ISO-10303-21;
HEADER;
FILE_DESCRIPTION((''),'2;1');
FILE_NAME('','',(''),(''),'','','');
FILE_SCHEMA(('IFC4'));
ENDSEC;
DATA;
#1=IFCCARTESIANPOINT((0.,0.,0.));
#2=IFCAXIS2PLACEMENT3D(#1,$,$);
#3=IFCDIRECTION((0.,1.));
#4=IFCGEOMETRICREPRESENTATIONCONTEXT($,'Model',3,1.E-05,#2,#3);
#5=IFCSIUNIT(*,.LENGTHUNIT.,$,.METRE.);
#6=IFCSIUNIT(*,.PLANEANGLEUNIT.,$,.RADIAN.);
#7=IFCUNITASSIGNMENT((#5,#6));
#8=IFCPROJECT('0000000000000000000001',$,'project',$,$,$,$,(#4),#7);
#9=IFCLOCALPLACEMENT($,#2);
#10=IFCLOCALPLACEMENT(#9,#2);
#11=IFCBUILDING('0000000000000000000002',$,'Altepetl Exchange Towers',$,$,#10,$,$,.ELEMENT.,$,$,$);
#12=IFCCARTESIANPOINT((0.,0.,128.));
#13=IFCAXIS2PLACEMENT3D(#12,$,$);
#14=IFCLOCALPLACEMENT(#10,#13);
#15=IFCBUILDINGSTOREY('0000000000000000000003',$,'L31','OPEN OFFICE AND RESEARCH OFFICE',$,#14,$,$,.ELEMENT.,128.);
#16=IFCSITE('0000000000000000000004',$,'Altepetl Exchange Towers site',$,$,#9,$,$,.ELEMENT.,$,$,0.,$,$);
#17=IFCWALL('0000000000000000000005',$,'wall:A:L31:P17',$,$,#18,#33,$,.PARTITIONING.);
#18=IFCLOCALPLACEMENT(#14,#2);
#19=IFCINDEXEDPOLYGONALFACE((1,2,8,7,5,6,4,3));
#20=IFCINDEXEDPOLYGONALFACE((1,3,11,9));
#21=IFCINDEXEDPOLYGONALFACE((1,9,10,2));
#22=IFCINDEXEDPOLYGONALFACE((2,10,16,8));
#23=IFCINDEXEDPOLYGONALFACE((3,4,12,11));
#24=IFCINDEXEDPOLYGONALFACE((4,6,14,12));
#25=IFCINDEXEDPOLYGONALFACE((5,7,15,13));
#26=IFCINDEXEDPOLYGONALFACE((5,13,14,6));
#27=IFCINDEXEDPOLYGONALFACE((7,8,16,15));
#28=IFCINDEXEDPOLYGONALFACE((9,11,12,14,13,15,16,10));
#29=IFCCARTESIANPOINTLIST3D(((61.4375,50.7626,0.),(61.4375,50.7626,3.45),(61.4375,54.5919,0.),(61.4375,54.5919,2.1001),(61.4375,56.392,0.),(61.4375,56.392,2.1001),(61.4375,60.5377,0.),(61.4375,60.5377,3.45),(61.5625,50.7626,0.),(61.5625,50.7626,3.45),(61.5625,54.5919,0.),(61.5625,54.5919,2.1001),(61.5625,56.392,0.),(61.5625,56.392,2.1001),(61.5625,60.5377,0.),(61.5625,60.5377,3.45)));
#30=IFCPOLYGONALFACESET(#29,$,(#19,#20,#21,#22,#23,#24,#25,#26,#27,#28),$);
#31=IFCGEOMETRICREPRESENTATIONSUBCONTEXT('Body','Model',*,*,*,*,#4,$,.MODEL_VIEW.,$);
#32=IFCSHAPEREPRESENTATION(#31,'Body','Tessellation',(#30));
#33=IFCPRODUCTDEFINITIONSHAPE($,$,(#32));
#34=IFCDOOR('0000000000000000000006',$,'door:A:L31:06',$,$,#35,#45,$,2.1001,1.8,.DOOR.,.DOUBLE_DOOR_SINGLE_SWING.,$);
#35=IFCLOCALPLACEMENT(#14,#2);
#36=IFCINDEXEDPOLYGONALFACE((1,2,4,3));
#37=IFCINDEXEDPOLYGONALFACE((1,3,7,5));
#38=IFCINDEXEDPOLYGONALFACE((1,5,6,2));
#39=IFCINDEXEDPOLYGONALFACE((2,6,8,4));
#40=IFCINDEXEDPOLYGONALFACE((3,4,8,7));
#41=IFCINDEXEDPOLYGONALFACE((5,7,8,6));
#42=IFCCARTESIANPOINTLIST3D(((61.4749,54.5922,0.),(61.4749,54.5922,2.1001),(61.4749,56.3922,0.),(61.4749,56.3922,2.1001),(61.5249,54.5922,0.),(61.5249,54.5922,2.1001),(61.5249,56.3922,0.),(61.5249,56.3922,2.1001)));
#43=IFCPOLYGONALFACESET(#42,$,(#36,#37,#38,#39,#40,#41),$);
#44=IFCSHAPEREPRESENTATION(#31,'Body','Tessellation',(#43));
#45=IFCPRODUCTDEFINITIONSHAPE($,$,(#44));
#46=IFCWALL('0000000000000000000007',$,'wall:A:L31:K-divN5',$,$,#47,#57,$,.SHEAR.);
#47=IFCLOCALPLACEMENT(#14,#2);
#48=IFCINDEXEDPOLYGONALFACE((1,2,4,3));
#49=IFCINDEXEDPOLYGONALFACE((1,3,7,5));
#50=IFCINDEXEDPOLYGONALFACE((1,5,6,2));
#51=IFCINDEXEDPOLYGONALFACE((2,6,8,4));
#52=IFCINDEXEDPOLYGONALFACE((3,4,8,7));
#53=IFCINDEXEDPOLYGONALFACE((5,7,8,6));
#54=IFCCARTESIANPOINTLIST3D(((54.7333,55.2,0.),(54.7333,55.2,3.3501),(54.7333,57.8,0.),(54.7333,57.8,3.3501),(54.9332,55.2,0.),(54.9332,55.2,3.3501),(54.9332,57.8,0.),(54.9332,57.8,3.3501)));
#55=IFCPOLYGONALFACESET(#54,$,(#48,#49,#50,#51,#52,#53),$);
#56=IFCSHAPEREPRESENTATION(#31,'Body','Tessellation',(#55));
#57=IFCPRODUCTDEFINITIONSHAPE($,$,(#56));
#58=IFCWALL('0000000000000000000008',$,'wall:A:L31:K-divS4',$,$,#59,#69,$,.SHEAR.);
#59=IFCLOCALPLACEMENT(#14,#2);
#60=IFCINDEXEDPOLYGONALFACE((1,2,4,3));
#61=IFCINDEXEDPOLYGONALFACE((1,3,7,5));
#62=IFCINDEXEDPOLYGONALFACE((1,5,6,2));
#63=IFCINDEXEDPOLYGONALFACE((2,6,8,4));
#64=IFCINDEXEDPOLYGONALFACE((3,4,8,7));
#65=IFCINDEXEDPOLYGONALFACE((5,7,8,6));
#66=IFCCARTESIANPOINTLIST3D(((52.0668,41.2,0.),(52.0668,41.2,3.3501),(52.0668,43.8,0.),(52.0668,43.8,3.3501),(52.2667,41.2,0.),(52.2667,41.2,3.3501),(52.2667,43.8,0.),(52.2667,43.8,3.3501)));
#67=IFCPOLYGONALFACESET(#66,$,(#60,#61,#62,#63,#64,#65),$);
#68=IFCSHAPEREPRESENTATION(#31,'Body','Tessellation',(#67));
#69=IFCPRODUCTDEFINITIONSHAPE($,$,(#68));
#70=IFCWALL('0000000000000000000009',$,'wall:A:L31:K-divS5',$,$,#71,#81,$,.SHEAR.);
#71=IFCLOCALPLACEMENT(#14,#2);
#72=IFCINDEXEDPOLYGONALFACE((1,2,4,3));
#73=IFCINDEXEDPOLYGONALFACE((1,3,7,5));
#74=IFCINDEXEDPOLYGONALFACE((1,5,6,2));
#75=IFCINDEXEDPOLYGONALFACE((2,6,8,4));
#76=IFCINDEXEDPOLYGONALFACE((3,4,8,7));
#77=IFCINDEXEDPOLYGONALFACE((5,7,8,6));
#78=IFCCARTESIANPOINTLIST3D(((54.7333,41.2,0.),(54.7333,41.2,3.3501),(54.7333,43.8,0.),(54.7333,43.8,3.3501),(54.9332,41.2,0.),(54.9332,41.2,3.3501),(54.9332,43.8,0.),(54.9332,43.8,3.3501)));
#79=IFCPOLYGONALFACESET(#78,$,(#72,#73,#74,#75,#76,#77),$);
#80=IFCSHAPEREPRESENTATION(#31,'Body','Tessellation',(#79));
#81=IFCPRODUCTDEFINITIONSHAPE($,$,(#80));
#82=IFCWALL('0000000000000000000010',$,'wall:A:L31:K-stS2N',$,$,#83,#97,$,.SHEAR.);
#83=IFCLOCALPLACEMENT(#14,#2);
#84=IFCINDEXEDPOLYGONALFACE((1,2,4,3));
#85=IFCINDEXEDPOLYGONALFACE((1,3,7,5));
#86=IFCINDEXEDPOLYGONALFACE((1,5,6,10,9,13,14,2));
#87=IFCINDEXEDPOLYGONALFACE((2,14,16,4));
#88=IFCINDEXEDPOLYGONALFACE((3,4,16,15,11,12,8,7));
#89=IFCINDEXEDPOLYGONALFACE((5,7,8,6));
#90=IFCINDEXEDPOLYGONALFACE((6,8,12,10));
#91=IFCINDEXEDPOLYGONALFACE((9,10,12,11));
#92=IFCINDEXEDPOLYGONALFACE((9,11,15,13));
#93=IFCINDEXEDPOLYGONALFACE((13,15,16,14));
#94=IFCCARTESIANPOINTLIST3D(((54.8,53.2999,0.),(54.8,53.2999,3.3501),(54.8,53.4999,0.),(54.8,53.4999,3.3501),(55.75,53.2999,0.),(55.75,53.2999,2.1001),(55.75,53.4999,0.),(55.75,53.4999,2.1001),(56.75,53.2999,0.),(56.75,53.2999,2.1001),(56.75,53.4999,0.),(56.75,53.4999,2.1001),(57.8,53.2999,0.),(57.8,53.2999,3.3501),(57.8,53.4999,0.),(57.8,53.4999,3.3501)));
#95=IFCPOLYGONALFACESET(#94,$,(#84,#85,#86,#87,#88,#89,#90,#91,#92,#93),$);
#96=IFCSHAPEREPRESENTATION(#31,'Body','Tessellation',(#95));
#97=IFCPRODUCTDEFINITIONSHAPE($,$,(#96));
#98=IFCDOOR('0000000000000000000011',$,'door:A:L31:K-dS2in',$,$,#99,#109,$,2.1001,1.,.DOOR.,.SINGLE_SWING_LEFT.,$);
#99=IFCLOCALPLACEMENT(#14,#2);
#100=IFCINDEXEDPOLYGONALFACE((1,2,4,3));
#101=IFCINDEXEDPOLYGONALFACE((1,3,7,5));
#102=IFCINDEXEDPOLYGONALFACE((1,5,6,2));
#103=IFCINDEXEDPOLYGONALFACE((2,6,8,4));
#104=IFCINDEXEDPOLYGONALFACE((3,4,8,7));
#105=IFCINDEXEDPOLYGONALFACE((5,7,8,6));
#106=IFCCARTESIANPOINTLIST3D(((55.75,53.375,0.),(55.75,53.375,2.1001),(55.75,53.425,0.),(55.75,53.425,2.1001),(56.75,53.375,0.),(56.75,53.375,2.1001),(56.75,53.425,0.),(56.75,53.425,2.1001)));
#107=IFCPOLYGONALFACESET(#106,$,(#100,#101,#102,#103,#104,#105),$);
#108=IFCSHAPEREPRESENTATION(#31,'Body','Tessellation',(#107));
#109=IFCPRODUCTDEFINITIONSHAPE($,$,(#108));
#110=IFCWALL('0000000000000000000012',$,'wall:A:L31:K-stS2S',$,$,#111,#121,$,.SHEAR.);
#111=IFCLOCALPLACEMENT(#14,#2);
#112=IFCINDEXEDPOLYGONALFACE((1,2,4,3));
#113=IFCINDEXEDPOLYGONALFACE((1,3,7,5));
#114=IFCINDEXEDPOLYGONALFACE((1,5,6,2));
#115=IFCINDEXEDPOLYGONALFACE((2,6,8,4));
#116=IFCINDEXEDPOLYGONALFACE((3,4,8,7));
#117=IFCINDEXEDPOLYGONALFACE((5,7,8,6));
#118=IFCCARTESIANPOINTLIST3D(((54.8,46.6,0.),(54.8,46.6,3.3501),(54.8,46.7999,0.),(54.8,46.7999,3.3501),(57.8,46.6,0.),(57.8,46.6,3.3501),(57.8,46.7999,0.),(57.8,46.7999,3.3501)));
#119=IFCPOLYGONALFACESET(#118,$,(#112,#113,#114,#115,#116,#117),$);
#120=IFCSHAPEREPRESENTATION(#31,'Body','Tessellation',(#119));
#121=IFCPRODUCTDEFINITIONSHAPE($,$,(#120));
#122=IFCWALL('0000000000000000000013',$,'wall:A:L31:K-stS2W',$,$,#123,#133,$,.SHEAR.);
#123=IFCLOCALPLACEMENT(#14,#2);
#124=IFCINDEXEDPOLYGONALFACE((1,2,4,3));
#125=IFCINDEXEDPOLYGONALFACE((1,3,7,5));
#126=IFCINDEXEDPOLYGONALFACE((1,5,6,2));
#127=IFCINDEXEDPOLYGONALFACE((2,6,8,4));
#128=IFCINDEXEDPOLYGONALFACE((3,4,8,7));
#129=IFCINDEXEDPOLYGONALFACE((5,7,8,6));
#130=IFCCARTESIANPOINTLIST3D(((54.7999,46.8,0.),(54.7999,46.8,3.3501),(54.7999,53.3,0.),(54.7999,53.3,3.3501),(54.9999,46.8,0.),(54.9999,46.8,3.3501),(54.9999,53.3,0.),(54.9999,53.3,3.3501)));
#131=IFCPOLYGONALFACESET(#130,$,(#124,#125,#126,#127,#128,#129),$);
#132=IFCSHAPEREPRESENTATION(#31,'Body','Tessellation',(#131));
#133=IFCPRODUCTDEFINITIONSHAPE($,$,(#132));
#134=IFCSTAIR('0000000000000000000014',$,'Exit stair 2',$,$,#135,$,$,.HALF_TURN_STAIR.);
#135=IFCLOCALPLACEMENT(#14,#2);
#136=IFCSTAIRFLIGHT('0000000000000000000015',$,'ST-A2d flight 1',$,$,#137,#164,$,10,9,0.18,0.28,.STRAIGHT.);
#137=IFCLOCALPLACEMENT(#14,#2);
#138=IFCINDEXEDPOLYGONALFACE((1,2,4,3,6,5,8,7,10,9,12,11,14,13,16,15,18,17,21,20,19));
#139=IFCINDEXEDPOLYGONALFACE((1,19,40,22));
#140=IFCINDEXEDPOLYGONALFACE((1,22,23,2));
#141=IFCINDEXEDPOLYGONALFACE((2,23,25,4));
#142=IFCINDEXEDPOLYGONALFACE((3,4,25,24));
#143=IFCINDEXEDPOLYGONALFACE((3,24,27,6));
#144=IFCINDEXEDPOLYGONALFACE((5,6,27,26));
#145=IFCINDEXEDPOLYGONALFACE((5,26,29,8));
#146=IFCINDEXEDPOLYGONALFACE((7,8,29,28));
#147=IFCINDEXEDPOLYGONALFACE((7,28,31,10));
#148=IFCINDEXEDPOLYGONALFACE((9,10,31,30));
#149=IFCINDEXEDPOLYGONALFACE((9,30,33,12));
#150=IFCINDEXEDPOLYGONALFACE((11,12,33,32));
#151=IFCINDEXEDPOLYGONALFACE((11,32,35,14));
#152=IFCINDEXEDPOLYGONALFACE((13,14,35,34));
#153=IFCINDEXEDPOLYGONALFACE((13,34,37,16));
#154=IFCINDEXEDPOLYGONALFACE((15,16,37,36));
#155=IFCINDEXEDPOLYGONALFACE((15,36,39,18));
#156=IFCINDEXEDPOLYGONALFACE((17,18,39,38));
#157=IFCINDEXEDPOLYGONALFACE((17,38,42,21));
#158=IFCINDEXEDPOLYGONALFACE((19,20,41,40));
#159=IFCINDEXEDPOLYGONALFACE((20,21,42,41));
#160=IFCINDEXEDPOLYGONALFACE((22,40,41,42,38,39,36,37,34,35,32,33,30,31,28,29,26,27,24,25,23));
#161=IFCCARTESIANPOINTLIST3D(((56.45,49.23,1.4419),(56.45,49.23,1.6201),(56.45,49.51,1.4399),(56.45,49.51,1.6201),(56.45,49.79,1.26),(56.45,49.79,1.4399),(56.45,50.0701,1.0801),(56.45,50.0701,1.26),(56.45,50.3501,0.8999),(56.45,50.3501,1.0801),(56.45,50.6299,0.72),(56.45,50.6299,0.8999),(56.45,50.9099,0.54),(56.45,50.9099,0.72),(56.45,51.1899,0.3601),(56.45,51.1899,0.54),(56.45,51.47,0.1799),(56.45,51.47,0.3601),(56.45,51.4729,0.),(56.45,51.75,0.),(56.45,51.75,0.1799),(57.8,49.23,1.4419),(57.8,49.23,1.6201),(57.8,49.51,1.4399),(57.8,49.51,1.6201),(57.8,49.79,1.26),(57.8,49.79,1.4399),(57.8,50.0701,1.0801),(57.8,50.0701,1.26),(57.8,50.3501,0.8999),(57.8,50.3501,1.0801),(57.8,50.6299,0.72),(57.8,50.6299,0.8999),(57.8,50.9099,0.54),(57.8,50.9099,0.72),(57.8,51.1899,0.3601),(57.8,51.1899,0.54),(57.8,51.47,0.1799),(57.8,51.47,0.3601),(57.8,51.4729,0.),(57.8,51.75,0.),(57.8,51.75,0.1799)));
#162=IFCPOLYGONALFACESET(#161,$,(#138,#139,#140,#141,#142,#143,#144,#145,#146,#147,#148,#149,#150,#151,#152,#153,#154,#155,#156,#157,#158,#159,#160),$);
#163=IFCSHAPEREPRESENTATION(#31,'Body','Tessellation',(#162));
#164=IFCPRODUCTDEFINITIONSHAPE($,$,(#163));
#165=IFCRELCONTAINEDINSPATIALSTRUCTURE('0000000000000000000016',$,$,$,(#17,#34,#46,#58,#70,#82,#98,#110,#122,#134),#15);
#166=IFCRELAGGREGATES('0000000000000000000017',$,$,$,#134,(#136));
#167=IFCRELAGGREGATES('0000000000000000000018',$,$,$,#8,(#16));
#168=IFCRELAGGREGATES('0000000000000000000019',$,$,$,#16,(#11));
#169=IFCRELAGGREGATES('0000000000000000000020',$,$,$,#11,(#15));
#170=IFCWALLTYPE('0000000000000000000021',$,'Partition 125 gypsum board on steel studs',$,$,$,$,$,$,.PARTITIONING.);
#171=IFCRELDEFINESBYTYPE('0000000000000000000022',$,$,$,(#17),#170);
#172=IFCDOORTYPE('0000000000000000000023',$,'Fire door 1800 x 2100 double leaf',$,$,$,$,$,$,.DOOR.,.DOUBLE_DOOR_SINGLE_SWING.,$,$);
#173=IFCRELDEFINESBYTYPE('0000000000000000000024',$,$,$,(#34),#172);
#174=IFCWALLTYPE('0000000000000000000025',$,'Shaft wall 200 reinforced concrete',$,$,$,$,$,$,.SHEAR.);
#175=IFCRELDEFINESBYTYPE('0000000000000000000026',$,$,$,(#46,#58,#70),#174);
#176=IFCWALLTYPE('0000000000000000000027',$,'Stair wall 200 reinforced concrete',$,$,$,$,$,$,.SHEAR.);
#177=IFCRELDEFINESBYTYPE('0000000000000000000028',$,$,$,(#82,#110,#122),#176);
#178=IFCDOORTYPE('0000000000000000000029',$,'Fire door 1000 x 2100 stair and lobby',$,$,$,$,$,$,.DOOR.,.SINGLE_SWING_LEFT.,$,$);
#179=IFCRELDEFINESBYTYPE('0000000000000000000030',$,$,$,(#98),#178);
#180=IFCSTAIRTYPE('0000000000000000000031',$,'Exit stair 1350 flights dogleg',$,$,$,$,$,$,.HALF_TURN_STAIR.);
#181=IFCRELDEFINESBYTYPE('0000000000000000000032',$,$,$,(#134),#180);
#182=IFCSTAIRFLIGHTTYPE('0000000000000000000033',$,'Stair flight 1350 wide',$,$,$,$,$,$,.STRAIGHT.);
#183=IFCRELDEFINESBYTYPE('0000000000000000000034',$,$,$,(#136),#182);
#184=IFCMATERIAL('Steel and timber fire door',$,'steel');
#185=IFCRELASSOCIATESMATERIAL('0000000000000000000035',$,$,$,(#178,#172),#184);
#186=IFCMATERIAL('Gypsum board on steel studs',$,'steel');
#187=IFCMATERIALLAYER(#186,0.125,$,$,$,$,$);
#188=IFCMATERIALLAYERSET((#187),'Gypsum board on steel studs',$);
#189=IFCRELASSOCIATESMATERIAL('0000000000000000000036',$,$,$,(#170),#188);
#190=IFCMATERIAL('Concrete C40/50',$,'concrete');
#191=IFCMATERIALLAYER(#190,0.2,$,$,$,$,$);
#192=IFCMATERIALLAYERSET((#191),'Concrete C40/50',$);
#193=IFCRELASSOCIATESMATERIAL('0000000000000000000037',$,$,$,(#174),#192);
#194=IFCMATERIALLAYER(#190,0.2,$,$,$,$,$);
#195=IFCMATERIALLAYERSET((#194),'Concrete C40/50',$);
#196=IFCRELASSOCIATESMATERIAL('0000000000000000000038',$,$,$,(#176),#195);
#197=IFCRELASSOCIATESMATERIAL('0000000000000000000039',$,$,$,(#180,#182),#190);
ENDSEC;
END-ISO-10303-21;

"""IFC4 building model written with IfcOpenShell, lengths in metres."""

from ifc_helpers import new_model, si_unit, direction, frame, frame_2d, origin, place, context, subcontext, project, spatial, polyline, rectangle, outline, extrude, material, layer, layer_set, type_object, element, fill, aggregate, save


model = new_model("IFC4")

# Units and contexts
model_context = context("Model", 3, precision=1e-05, world=origin(), true_north=direction((0.0, 1.0)))
body_context = subcontext(model_context, "Body", "Model", "MODEL_VIEW")
ifc_project = project(units=[si_unit("LENGTHUNIT", "METRE"), si_unit("PLANEANGLEUNIT", "RADIAN")], contexts=[model_context])

# Site, building, storey
site_placement = place(None, origin())
site = spatial("IfcSite", under=ifc_project, at=site_placement, Name="Altepetl Exchange Towers site", CompositionType="ELEMENT", RefElevation=0.0)
building_placement = place(site_placement, origin())
building = spatial("IfcBuilding", under=site, at=building_placement, Name="Altepetl Exchange Towers", CompositionType="ELEMENT")
storey_placement = place(building_placement, frame((0.0, 0.0, 128.0)))
storey = spatial("IfcBuildingStorey", under=building, at=storey_placement, Name="L31", Description="OPEN OFFICE AND RESEARCH OFFICE", CompositionType="ELEMENT", Elevation=128.0)

# Shared definitions
ifc_material_1 = material(Name="Steel and timber fire door", Category="steel")
door_type_1 = type_object("IfcDoorType", Name="Fire door 1000 x 2100 stair and lobby", OperationType="SINGLE_SWING_LEFT", PredefinedType="DOOR", material=ifc_material_1)

# Shared definitions
ifc_material_2 = material(Name="Gypsum board on steel studs", Category="steel")
ifc_layer_1 = layer(ifc_material_2, 0.125)
ifc_layer_set_1 = layer_set([ifc_layer_1], Name="Gypsum board on steel studs")
wall_type_1 = type_object("IfcWallType", Name="Partition 125 gypsum board on steel studs", PredefinedType="PARTITIONING", material=ifc_layer_set_1)

# Wall, opening, door
wall_1_placement = place(storey_placement, frame((61.5, 50.7625, 0.0), z_axis=(0.0, 0.0, 1.0), x_axis=(0.0, 1.0, 0.0)))
wall_1 = element("IfcWall", 1, at=wall_1_placement, inside=storey, type_object=wall_type_1, Name="wall:A:L31:P17", PredefinedType="PARTITIONING", context=body_context, shape_type="SweptSolid", body=[
    extrude(rectangle(XDim=9.7751, YDim=0.125, at=frame_2d((4.8877, 0.0))), origin(), (0.0, 0.0, 1.0), 3.45),
])
opening_1_placement = place(wall_1_placement, frame((3.8296, 0.0, 0.0)))
opening_1 = element("IfcOpeningElement", 2, at=opening_1_placement, cuts=wall_1, PredefinedType="OPENING", context=body_context, shape_type="SweptSolid", body=[
    extrude(rectangle(XDim=1.8, YDim=2.1001, at=frame_2d((0.8999, 1.05))), frame((0.0, 0.0725, 0.0), z_axis=(0.0, -1.0, 0.0), x_axis=(1.0, 0.0, 0.0)), (0.0, 0.0, 1.0), 0.145),
])
door_type_2 = type_object("IfcDoorType", Name="Fire door 1800 x 2100 double leaf", OperationType="DOUBLE_DOOR_SINGLE_SWING", PredefinedType="DOOR", material=ifc_material_1)
door_1_placement = place(opening_1_placement, frame((1.8, 0.0, 0.0), x_axis=(-1.0, 0.0, 0.0)))
door_1 = element("IfcDoor", 3, at=door_1_placement, inside=storey, type_object=door_type_2, Name="door:A:L31:06", OperationType="DOUBLE_DOOR_SINGLE_SWING", OverallHeight=2.1001, OverallWidth=1.8, PredefinedType="DOOR", context=body_context, shape_type="SweptSolid", body=[
    extrude(rectangle(XDim=1.8, YDim=2.1001, at=frame_2d((0.8999, 1.05))), frame((0.0, 0.0249, 0.0), z_axis=(0.0, -1.0, 0.0), x_axis=(1.0, 0.0, 0.0)), (0.0, 0.0, 1.0), 0.05),
])
fill(opening_1, door_1)

# Walls
ifc_material_3 = material(Name="Concrete C40/50", Category="concrete")
ifc_layer_2 = layer(ifc_material_3, 0.2)
ifc_layer_set_2 = layer_set([ifc_layer_2], Name="Concrete C40/50")
wall_type_2 = type_object("IfcWallType", Name="Shaft wall 200 reinforced concrete", PredefinedType="SHEAR", material=ifc_layer_set_2)
for number, where, z_axis, x_axis, name in (
    (4, (54.8333, 57.8, 0.0), (0.0, 0.0, 1.0), (0.0, -1.0, 0.0), "wall:A:L31:K-divN5"),
    (5, (52.1667, 41.2, 0.0), (0.0, 0.0, 1.0), (0.0, 1.0, 0.0), "wall:A:L31:K-divS4"),
    (6, (54.8333, 41.2, 0.0), (0.0, 0.0, 1.0), (0.0, 1.0, 0.0), "wall:A:L31:K-divS5"),
):
    element("IfcWall", number, at=place(storey_placement, frame(where, z_axis=z_axis, x_axis=x_axis)), inside=storey, type_object=wall_type_2, Name=name, PredefinedType="SHEAR", context=body_context, shape_type="SweptSolid", body=[
        extrude(rectangle(XDim=2.6001, YDim=0.2, at=frame_2d((1.3, 0.0))), origin(), (0.0, 0.0, 1.0), 3.3501),
    ])

# Wall, opening, door
ifc_layer_3 = layer(ifc_material_3, 0.2)
ifc_layer_set_3 = layer_set([ifc_layer_3], Name="Concrete C40/50")
wall_type_3 = type_object("IfcWallType", Name="Stair wall 200 reinforced concrete", PredefinedType="SHEAR", material=ifc_layer_set_3)
wall_2_placement = place(storey_placement, frame((54.8, 53.3999, 0.0)))
wall_2 = element("IfcWall", 7, at=wall_2_placement, inside=storey, type_object=wall_type_3, Name="wall:A:L31:K-stS2N", PredefinedType="SHEAR", context=body_context, shape_type="SweptSolid", body=[
    extrude(rectangle(XDim=3.0, YDim=0.2, at=frame_2d((1.5, 0.0))), origin(), (0.0, 0.0, 1.0), 3.3501),
])
opening_2_placement = place(wall_2_placement, frame((0.95, 0.0, 0.0)))
opening_2 = element("IfcOpeningElement", 8, at=opening_2_placement, cuts=wall_2, PredefinedType="OPENING", context=body_context, shape_type="SweptSolid", body=[
    extrude(rectangle(XDim=1.0, YDim=2.1001, at=frame_2d((0.5, 1.05))), frame((0.0, 0.1099, 0.0), z_axis=(0.0, -1.0, 0.0), x_axis=(1.0, 0.0, 0.0)), (0.0, 0.0, 1.0), 0.22),
])
door_2_placement = place(opening_2_placement, frame((1.0, 0.0, 0.0), x_axis=(-1.0, 0.0, 0.0)))
door_2 = element("IfcDoor", 9, at=door_2_placement, inside=storey, type_object=door_type_1, Name="door:A:L31:K-dS2in", OperationType="SINGLE_SWING_LEFT", OverallHeight=2.1001, OverallWidth=1.0, PredefinedType="DOOR", context=body_context, shape_type="SweptSolid", body=[
    extrude(rectangle(XDim=1.0, YDim=2.1001, at=frame_2d((0.5, 1.05))), frame((0.0, 0.0249, 0.0), z_axis=(0.0, -1.0, 0.0), x_axis=(1.0, 0.0, 0.0)), (0.0, 0.0, 1.0), 0.05),
])
fill(opening_2, door_2)

# Walls
wall_3_placement = place(storey_placement, frame((54.8, 46.7, 0.0)))
element("IfcWall", 10, at=wall_3_placement, inside=storey, type_object=wall_type_3, Name="wall:A:L31:K-stS2S", PredefinedType="SHEAR", context=body_context, shape_type="SweptSolid", body=[
    extrude(rectangle(XDim=3.0, YDim=0.2, at=frame_2d((1.5, 0.0))), origin(), (0.0, 0.0, 1.0), 3.3501),
])
wall_4_placement = place(storey_placement, frame((54.8999, 46.8, 0.0), z_axis=(0.0, 0.0, 1.0), x_axis=(0.0, 1.0, 0.0)))
element("IfcWall", 11, at=wall_4_placement, inside=storey, type_object=wall_type_3, Name="wall:A:L31:K-stS2W", PredefinedType="SHEAR", context=body_context, shape_type="SweptSolid", body=[
    extrude(rectangle(XDim=6.5, YDim=0.2, at=frame_2d((3.25, 0.0))), origin(), (0.0, 0.0, 1.0), 3.3501),
])

# Stair, stair flight
stair_type = type_object("IfcStairType", Name="Exit stair 1350 flights dogleg", PredefinedType="HALF_TURN_STAIR", material=ifc_material_3)
stair_placement = place(storey_placement, origin())
stair = element("IfcStair", 12, at=stair_placement, inside=storey, type_object=stair_type, Name="Exit stair 2", PredefinedType="HALF_TURN_STAIR")
stair_flight_type = type_object("IfcStairFlightType", Name="Stair flight 1350 wide", PredefinedType="STRAIGHT", material=ifc_material_3)
stair_flight_1_placement = place(storey_placement, frame((57.125, 51.75, 0.0), z_axis=(0.0, 0.0, 1.0), x_axis=(0.0, -1.0, 0.0)))
stair_flight_1 = element("IfcStairFlight", 13, at=stair_flight_1_placement, type_object=stair_flight_type, Name="ST-A2d flight 1", NumberOfRisers=10, NumberOfTreads=9, PredefinedType="STRAIGHT", RiserHeight=0.18, TreadLength=0.28, context=body_context, shape_type="SweptSolid", body=[
    extrude(outline(polyline([(0.0, 0.0), (0.0, 0.1799), (0.28, 0.1799), (0.28, 0.3601), (0.5601, 0.3601), (0.5601, 0.54), (0.8401, 0.54), (0.8401, 0.72), (1.1201, 0.72), (1.1201, 0.8999), (1.3999, 0.8999), (1.3999, 1.0801), (1.6799, 1.0801), (1.6799, 1.26), (1.96, 1.26), (1.96, 1.4399), (2.24, 1.4399), (2.24, 1.6201), (2.52, 1.6201), (2.52, 1.8), (2.52, 1.4419), (0.2771, 0.0), (0.0, 0.0)])), frame((0.0, 0.675, 0.0), z_axis=(0.0, -1.0, 0.0), x_axis=(1.0, 0.0, 0.0)), (0.0, 0.0, 1.0), 1.3501),
])
aggregate(stair, [stair_flight_1])

save(model, "model.ifc")
